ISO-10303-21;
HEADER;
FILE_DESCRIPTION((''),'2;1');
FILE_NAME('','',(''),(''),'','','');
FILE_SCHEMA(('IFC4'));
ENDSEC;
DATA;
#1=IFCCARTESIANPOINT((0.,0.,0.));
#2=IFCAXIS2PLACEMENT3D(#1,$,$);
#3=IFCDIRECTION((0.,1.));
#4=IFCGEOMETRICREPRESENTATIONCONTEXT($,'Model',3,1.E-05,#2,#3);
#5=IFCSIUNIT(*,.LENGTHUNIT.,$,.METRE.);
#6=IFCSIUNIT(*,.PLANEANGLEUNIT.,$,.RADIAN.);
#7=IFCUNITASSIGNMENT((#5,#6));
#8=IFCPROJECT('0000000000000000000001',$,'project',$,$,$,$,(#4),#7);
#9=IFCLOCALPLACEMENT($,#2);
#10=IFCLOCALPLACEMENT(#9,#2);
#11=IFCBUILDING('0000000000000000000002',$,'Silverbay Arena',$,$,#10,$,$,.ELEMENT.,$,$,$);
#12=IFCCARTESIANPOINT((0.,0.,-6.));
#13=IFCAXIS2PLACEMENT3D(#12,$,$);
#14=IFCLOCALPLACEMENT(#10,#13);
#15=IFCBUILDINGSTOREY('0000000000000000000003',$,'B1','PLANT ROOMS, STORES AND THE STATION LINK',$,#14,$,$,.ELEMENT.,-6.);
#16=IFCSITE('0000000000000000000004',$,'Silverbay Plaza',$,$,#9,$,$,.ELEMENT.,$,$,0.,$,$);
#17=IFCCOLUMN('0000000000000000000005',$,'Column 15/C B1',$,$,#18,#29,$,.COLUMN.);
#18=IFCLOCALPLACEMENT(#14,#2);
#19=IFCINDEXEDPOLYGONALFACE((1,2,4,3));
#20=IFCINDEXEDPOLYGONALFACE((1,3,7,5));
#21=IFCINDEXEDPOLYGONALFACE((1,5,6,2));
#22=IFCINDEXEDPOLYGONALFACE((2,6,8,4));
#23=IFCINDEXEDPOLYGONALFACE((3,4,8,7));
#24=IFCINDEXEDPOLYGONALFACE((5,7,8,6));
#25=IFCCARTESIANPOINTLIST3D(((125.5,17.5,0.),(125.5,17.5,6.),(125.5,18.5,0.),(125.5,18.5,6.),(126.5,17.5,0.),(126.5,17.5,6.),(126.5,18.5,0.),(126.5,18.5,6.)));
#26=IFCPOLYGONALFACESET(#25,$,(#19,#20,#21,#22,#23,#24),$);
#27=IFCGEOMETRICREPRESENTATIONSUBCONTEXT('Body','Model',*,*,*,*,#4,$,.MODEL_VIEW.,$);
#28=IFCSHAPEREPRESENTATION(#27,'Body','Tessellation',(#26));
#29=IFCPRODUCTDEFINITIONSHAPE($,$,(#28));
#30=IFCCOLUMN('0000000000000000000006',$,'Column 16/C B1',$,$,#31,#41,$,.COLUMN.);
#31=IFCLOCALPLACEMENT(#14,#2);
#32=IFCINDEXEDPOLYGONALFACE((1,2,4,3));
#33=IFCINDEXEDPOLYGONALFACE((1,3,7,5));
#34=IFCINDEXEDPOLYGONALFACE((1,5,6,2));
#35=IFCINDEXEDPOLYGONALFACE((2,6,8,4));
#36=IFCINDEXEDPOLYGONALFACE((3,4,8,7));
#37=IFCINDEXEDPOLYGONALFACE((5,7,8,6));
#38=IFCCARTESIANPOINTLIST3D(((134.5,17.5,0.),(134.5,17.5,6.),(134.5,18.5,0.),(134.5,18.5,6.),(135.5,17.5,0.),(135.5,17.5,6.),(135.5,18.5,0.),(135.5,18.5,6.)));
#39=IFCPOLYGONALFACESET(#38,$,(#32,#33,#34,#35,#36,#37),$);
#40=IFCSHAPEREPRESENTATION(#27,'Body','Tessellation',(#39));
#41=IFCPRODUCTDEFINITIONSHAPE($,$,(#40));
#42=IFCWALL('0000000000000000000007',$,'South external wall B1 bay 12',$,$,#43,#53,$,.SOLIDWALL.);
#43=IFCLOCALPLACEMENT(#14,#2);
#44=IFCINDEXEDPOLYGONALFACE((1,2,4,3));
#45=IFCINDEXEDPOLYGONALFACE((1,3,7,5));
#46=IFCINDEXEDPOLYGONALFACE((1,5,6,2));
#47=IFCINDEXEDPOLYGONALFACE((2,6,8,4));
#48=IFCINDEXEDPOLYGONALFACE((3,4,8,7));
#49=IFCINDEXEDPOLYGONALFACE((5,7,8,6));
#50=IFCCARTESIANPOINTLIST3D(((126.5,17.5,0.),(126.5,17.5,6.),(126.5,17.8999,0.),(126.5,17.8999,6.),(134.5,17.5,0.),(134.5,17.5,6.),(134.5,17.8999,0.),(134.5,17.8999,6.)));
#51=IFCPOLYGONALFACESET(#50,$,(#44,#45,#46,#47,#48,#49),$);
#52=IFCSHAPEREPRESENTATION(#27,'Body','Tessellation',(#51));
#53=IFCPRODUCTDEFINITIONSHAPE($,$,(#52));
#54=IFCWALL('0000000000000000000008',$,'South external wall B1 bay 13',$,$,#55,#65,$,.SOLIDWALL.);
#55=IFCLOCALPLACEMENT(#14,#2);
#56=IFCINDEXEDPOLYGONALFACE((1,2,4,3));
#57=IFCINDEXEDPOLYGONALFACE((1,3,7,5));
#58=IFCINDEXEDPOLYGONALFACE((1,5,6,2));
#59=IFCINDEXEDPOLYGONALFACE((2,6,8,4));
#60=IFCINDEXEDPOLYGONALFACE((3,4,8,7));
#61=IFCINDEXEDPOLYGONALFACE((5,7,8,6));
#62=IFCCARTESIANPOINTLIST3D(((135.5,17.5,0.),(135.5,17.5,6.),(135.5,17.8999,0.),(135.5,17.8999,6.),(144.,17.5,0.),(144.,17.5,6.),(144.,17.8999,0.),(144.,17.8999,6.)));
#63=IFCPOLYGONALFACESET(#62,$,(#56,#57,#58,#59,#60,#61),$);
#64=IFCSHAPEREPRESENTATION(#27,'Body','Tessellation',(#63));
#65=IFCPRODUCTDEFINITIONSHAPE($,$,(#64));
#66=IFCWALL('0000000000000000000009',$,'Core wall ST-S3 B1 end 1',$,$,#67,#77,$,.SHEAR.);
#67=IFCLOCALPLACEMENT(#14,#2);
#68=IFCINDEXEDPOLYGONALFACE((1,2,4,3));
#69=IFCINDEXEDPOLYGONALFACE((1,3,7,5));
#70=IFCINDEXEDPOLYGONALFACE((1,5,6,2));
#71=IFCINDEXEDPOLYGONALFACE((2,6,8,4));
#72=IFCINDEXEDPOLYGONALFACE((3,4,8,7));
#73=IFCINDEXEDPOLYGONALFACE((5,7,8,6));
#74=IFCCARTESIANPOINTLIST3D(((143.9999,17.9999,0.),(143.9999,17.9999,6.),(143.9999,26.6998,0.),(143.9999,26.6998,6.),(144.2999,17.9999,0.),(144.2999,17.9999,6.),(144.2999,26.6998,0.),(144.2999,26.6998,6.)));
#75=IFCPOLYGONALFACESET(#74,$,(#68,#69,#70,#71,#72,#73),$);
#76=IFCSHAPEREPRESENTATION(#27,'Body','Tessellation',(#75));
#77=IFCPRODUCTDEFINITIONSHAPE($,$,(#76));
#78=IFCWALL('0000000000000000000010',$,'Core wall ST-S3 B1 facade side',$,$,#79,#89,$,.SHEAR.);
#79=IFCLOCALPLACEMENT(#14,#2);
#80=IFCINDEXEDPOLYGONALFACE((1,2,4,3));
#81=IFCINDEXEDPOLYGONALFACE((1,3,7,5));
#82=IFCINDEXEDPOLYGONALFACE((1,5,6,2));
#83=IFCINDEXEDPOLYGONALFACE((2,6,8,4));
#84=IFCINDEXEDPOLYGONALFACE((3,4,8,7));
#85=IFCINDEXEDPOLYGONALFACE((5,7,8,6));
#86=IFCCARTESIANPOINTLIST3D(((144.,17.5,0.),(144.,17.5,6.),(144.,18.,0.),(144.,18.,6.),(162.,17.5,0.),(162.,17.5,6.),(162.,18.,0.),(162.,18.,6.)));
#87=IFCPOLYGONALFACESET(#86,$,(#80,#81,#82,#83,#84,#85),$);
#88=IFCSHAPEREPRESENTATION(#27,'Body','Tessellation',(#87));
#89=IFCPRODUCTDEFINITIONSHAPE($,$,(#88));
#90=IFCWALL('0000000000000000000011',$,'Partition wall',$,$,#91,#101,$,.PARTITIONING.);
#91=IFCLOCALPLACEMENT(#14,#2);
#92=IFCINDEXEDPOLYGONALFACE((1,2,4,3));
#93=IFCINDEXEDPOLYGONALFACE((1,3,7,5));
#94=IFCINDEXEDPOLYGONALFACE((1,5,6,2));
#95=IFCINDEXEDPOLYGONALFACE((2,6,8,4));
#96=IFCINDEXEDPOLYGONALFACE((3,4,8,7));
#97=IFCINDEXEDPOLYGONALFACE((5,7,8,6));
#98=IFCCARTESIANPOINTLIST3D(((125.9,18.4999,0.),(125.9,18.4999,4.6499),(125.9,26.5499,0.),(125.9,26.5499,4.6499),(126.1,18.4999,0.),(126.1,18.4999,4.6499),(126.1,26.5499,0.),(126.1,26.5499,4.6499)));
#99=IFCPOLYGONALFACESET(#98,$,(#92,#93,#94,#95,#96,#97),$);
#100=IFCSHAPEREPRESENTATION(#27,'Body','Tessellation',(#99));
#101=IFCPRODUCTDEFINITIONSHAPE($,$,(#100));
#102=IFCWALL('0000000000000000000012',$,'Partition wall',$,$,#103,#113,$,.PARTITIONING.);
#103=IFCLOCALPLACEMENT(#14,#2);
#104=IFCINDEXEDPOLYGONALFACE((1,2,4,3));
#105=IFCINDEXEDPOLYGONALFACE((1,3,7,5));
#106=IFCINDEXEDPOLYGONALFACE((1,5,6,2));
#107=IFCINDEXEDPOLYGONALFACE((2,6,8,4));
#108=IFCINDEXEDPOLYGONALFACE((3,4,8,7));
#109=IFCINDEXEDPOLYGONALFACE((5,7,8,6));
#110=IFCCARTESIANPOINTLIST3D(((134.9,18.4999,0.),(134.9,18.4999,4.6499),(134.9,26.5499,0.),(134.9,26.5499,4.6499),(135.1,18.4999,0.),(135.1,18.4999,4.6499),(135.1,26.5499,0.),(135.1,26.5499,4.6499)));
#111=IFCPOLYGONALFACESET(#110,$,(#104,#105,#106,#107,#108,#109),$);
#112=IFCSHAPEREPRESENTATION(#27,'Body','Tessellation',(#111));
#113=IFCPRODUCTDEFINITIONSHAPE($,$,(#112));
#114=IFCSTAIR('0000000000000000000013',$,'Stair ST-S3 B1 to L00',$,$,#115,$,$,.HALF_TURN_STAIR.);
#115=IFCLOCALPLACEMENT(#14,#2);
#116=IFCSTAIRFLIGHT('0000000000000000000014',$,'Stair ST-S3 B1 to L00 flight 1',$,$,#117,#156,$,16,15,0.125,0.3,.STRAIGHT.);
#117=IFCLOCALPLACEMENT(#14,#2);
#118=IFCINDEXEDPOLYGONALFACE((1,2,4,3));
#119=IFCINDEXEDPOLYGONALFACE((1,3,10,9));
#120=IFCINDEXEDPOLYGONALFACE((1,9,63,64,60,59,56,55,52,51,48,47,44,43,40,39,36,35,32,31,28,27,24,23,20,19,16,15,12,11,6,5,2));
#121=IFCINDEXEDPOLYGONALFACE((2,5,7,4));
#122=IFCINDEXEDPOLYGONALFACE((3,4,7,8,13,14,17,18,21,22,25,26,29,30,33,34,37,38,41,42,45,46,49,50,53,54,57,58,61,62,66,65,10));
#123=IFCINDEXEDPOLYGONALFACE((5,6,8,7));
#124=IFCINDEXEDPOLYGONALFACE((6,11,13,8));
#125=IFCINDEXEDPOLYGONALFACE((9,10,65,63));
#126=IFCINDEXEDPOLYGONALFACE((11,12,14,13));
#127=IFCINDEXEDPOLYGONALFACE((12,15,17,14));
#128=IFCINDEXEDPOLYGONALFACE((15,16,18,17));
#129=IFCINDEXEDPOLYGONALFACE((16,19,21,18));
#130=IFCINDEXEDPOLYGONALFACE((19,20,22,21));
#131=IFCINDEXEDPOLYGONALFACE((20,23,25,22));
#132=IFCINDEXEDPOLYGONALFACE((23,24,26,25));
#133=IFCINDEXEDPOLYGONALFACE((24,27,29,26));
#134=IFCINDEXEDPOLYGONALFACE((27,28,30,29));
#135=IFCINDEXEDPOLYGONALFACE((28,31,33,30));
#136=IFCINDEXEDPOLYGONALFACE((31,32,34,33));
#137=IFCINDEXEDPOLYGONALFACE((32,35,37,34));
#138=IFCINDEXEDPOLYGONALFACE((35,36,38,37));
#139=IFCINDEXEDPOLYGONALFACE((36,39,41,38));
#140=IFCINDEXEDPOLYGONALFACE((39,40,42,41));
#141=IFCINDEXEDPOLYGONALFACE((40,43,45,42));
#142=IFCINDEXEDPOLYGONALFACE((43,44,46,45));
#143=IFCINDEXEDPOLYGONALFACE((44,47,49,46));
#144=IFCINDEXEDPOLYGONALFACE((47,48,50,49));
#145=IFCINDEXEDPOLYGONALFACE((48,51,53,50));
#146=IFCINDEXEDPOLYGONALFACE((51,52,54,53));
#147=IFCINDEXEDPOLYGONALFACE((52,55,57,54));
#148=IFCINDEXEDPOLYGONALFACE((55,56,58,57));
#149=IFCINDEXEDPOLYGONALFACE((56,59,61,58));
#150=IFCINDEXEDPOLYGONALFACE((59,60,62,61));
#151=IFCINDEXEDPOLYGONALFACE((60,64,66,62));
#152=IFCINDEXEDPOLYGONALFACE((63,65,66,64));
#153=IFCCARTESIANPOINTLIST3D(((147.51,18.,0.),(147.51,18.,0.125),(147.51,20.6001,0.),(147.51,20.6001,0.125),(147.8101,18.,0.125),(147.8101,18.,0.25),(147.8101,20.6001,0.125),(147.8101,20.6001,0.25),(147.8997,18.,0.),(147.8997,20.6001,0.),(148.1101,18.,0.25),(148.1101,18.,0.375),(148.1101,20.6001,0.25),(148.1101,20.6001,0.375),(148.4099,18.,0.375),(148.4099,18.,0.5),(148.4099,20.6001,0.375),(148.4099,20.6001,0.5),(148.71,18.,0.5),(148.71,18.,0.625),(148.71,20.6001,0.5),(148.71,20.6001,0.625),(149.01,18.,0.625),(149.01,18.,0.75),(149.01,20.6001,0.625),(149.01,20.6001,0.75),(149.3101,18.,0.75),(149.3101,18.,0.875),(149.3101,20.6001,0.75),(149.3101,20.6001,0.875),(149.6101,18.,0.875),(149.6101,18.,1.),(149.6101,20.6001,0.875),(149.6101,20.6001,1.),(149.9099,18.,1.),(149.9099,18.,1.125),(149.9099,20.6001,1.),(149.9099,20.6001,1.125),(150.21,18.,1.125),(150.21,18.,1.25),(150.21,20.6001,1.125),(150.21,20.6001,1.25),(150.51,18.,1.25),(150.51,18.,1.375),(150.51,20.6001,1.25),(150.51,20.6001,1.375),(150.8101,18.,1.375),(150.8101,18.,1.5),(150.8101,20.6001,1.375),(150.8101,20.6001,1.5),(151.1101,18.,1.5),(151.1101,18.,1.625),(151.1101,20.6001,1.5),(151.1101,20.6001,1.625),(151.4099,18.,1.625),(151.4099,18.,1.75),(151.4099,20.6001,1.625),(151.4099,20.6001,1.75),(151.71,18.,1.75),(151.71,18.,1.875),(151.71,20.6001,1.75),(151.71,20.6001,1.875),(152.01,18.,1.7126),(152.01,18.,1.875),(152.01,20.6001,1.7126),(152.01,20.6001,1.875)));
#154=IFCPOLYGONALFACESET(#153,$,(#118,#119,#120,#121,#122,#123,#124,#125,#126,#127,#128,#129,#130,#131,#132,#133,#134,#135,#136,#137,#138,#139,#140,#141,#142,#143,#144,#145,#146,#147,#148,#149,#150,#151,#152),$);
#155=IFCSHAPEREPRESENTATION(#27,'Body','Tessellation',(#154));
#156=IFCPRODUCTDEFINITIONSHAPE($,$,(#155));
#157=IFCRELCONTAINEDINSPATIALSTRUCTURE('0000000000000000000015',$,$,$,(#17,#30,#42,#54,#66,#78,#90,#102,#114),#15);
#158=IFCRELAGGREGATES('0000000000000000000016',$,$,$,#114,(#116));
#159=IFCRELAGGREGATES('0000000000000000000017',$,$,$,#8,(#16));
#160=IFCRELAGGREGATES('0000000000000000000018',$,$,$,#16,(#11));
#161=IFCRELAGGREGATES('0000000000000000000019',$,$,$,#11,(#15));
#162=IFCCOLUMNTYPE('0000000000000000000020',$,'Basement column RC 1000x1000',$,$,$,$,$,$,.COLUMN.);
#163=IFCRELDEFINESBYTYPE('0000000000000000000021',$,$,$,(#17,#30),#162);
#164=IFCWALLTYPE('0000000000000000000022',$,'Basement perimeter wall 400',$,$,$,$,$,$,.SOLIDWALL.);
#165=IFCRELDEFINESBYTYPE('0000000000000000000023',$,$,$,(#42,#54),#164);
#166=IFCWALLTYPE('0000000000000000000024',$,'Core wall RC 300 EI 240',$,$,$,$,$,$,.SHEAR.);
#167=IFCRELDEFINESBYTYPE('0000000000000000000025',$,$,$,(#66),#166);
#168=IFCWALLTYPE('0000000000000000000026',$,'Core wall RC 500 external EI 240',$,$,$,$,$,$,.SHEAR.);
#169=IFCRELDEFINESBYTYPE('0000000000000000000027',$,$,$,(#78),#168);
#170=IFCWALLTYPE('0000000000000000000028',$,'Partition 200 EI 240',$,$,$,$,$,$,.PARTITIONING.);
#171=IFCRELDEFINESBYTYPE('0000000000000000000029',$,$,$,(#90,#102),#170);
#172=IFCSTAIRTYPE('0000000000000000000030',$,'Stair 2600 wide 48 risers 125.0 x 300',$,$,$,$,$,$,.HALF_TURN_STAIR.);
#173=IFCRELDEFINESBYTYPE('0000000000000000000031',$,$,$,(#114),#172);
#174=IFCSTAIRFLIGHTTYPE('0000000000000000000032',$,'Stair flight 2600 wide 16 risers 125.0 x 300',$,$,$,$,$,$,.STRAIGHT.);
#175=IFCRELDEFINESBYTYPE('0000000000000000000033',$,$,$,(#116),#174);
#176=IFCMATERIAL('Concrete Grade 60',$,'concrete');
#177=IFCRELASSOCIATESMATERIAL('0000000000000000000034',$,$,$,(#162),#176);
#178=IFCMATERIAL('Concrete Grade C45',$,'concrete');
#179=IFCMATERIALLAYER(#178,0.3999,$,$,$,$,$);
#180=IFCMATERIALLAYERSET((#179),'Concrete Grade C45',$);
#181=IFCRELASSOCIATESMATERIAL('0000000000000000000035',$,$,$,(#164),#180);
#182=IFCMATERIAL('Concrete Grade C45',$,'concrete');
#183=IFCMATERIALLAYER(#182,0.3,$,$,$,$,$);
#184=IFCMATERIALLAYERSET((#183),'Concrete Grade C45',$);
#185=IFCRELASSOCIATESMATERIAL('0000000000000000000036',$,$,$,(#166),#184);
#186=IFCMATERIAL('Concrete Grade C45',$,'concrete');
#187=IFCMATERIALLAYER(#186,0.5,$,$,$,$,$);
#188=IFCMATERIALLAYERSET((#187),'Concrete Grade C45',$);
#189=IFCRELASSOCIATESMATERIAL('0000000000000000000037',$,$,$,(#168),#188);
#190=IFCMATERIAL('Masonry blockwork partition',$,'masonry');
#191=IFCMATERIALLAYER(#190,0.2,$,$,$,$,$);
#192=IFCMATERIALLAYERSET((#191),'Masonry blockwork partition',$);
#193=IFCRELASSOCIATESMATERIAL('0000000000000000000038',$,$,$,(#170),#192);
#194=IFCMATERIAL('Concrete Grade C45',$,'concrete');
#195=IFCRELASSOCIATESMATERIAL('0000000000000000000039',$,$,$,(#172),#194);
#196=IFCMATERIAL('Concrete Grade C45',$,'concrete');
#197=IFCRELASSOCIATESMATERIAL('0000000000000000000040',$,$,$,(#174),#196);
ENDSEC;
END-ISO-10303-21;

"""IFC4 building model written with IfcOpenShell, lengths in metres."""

from ifc_helpers import new_model, si_unit, direction, frame, frame_2d, origin, origin_2d, place, context, subcontext, project, spatial, polyline, rectangle, outline, extrude, material, layer, layer_set, material_profile, profile_set, type_object, element, aggregate, save


model = new_model("IFC4")

# Units and contexts
model_context = context("Model", 3, precision=1e-05, world=origin(), true_north=direction((0.0, 1.0)))
body_context = subcontext(model_context, "Body", "Model", "MODEL_VIEW")
ifc_project = project(units=[si_unit("LENGTHUNIT", "METRE"), si_unit("PLANEANGLEUNIT", "RADIAN")], contexts=[model_context])

# Site, building, storey
site_placement = place(None, origin())
site = spatial("IfcSite", under=ifc_project, at=site_placement, Name="Silverbay Plaza", CompositionType="ELEMENT", RefElevation=0.0)
building_placement = place(site_placement, origin())
building = spatial("IfcBuilding", under=site, at=building_placement, Name="Silverbay Arena", CompositionType="ELEMENT")
storey_placement = place(building_placement, frame((0.0, 0.0, -6.0)))
storey = spatial("IfcBuildingStorey", under=building, at=storey_placement, Name="B1", Description="PLANT ROOMS, STORES AND THE STATION LINK", CompositionType="ELEMENT", Elevation=-6.0)

# Columns
ifc_material_1 = material(Name="Concrete Grade 60", Category="concrete")
ifc_material_profile_1 = material_profile(ifc_material_1, rectangle(XDim=1.0, YDim=1.0, at=origin_2d()), Name="RC 1000x1000")
ifc_profile_set_1 = profile_set([ifc_material_profile_1], Name="Concrete Grade 60")
column_type = type_object("IfcColumnType", Name="Basement column RC 1000x1000", PredefinedType="COLUMN", material=ifc_profile_set_1)
for number, where, z_axis, x_axis, name in (
    (1, (126.0, 18.0, 0.0), (0.0, 0.0, 1.0), (1.0, 0.0, 0.0), "Column 15/C B1"),
    (2, (135.0, 18.0, 0.0), (0.0, 0.0, 1.0), (1.0, 0.0, 0.0), "Column 16/C B1"),
):
    element("IfcColumn", number, at=place(storey_placement, frame(where, z_axis=z_axis, x_axis=x_axis)), inside=storey, type_object=column_type, Name=name, PredefinedType="COLUMN", context=body_context, shape_type="SweptSolid", body=[
        extrude(rectangle(XDim=1.0, YDim=1.0, at=origin_2d()), origin(), (0.0, 0.0, 1.0), 6.0),
    ])

# Walls
ifc_material_2 = material(Name="Concrete Grade C45", Category="concrete")
ifc_layer_1 = layer(ifc_material_2, 0.3999)
ifc_layer_set_1 = layer_set([ifc_layer_1], Name="Concrete Grade C45")
wall_type_1 = type_object("IfcWallType", Name="Basement perimeter wall 400", PredefinedType="SOLIDWALL", material=ifc_layer_set_1)
wall_1_placement = place(storey_placement, frame((126.5, 17.7, 0.0), z_axis=(0.0, 0.0, 1.0), x_axis=(1.0, 0.0, 0.0)))
element("IfcWall", 3, at=wall_1_placement, inside=storey, type_object=wall_type_1, Name="South external wall B1 bay 12", PredefinedType="SOLIDWALL", context=body_context, shape_type="SweptSolid", body=[
    extrude(rectangle(XDim=8.0, YDim=0.3999, at=frame_2d((4.0, 0.0))), origin(), (0.0, 0.0, 1.0), 6.0),
])
wall_2_placement = place(storey_placement, frame((135.5, 17.7, 0.0), z_axis=(0.0, 0.0, 1.0), x_axis=(1.0, 0.0, 0.0)))
element("IfcWall", 4, at=wall_2_placement, inside=storey, type_object=wall_type_1, Name="South external wall B1 bay 13", PredefinedType="SOLIDWALL", context=body_context, shape_type="SweptSolid", body=[
    extrude(rectangle(XDim=8.5, YDim=0.3999, at=frame_2d((4.25, 0.0))), origin(), (0.0, 0.0, 1.0), 6.0),
])
ifc_material_3 = material(Name="Concrete Grade C45", Category="concrete")
ifc_layer_2 = layer(ifc_material_3, 0.3)
ifc_layer_set_2 = layer_set([ifc_layer_2], Name="Concrete Grade C45")
wall_type_2 = type_object("IfcWallType", Name="Core wall RC 300 EI 240", PredefinedType="SHEAR", material=ifc_layer_set_2)
wall_3_placement = place(storey_placement, frame((144.1499, 26.7, 0.0), z_axis=(0.0, 0.0, 1.0), x_axis=(0.0, -1.0, 0.0)))
element("IfcWall", 5, at=wall_3_placement, inside=storey, type_object=wall_type_2, Name="Core wall ST-S3 B1 end 1", PredefinedType="SHEAR", context=body_context, shape_type="SweptSolid", body=[
    extrude(rectangle(XDim=8.7, YDim=0.3, at=frame_2d((4.3501, 0.0))), origin(), (0.0, 0.0, 1.0), 6.0),
])
ifc_material_4 = material(Name="Concrete Grade C45", Category="concrete")
ifc_layer_3 = layer(ifc_material_4, 0.5)
ifc_layer_set_3 = layer_set([ifc_layer_3], Name="Concrete Grade C45")
wall_type_3 = type_object("IfcWallType", Name="Core wall RC 500 external EI 240", PredefinedType="SHEAR", material=ifc_layer_set_3)
wall_4_placement = place(storey_placement, frame((144.0, 17.75, 0.0), z_axis=(0.0, 0.0, 1.0), x_axis=(1.0, 0.0, 0.0)))
element("IfcWall", 6, at=wall_4_placement, inside=storey, type_object=wall_type_3, Name="Core wall ST-S3 B1 facade side", PredefinedType="SHEAR", context=body_context, shape_type="SweptSolid", body=[
    extrude(rectangle(XDim=18.0, YDim=0.5, at=frame_2d((9.0, 0.0))), origin(), (0.0, 0.0, 1.0), 6.0),
])
ifc_material_5 = material(Name="Masonry blockwork partition", Category="masonry")
ifc_layer_4 = layer(ifc_material_5, 0.2)
ifc_layer_set_4 = layer_set([ifc_layer_4], Name="Masonry blockwork partition")
wall_type_4 = type_object("IfcWallType", Name="Partition 200 EI 240", PredefinedType="PARTITIONING", material=ifc_layer_set_4)
for number, where, z_axis, x_axis, name in (
    (7, (126.0, 18.5, 0.0), (0.0, 0.0, 1.0), (0.0, 1.0, 0.0), "Partition wall"),
    (8, (135.0, 18.5, 0.0), (0.0, 0.0, 1.0), (0.0, 1.0, 0.0), "Partition wall"),
):
    element("IfcWall", number, at=place(storey_placement, frame(where, z_axis=z_axis, x_axis=x_axis)), inside=storey, type_object=wall_type_4, Name=name, PredefinedType="PARTITIONING", context=body_context, shape_type="SweptSolid", body=[
        extrude(rectangle(XDim=8.05, YDim=0.2, at=frame_2d((4.0249, 0.0))), origin(), (0.0, 0.0, 1.0), 4.6499),
    ])

# Stair, stair flight
ifc_material_6 = material(Name="Concrete Grade C45", Category="concrete")
stair_type = type_object("IfcStairType", Name="Stair 2600 wide 48 risers 125.0 x 300", PredefinedType="HALF_TURN_STAIR", material=ifc_material_6)
stair_placement = place(storey_placement, origin())
stair = element("IfcStair", 9, at=stair_placement, inside=storey, type_object=stair_type, Name="Stair ST-S3 B1 to L00", PredefinedType="HALF_TURN_STAIR")
ifc_material_7 = material(Name="Concrete Grade C45", Category="concrete")
stair_flight_type = type_object("IfcStairFlightType", Name="Stair flight 2600 wide 16 risers 125.0 x 300", PredefinedType="STRAIGHT", material=ifc_material_7)
stair_flight_1_placement = place(storey_placement, frame((147.51, 19.3, 0.0), z_axis=(0.0, 0.0, 1.0), x_axis=(1.0, 0.0, 0.0)))
stair_flight_1 = element("IfcStairFlight", 10, at=stair_flight_1_placement, type_object=stair_flight_type, Name="Stair ST-S3 B1 to L00 flight 1", NumberOfRisers=16, NumberOfTreads=15, PredefinedType="STRAIGHT", RiserHeight=0.125, TreadLength=0.3, context=body_context, shape_type="SweptSolid", body=[
    extrude(outline(polyline([(0.0, 0.0), (0.0, 0.125), (0.3, 0.125), (0.3, 0.25), (0.6001, 0.25), (0.6001, 0.375), (0.8999, 0.375), (0.8999, 0.5), (1.2, 0.5), (1.2, 0.625), (1.5, 0.625), (1.5, 0.75), (1.8, 0.75), (1.8, 0.875), (2.1001, 0.875), (2.1001, 1.0), (2.3999, 1.0), (2.3999, 1.125), (2.7, 1.125), (2.7, 1.25), (3.0, 1.25), (3.0, 1.375), (3.3, 1.375), (3.3, 1.5), (3.6001, 1.5), (3.6001, 1.625), (3.8999, 1.625), (3.8999, 1.75), (4.2, 1.75), (4.2, 1.875), (4.5, 1.875), (4.5, 1.7126), (0.3896, 0.0), (0.0, 0.0)])), frame((0.0, 1.3, 0.0), z_axis=(0.0, -1.0, 0.0), x_axis=(1.0, 0.0, 0.0)), (0.0, 0.0, 1.0), 2.6001),
])
aggregate(stair, [stair_flight_1])

save(model, "model.ifc")
